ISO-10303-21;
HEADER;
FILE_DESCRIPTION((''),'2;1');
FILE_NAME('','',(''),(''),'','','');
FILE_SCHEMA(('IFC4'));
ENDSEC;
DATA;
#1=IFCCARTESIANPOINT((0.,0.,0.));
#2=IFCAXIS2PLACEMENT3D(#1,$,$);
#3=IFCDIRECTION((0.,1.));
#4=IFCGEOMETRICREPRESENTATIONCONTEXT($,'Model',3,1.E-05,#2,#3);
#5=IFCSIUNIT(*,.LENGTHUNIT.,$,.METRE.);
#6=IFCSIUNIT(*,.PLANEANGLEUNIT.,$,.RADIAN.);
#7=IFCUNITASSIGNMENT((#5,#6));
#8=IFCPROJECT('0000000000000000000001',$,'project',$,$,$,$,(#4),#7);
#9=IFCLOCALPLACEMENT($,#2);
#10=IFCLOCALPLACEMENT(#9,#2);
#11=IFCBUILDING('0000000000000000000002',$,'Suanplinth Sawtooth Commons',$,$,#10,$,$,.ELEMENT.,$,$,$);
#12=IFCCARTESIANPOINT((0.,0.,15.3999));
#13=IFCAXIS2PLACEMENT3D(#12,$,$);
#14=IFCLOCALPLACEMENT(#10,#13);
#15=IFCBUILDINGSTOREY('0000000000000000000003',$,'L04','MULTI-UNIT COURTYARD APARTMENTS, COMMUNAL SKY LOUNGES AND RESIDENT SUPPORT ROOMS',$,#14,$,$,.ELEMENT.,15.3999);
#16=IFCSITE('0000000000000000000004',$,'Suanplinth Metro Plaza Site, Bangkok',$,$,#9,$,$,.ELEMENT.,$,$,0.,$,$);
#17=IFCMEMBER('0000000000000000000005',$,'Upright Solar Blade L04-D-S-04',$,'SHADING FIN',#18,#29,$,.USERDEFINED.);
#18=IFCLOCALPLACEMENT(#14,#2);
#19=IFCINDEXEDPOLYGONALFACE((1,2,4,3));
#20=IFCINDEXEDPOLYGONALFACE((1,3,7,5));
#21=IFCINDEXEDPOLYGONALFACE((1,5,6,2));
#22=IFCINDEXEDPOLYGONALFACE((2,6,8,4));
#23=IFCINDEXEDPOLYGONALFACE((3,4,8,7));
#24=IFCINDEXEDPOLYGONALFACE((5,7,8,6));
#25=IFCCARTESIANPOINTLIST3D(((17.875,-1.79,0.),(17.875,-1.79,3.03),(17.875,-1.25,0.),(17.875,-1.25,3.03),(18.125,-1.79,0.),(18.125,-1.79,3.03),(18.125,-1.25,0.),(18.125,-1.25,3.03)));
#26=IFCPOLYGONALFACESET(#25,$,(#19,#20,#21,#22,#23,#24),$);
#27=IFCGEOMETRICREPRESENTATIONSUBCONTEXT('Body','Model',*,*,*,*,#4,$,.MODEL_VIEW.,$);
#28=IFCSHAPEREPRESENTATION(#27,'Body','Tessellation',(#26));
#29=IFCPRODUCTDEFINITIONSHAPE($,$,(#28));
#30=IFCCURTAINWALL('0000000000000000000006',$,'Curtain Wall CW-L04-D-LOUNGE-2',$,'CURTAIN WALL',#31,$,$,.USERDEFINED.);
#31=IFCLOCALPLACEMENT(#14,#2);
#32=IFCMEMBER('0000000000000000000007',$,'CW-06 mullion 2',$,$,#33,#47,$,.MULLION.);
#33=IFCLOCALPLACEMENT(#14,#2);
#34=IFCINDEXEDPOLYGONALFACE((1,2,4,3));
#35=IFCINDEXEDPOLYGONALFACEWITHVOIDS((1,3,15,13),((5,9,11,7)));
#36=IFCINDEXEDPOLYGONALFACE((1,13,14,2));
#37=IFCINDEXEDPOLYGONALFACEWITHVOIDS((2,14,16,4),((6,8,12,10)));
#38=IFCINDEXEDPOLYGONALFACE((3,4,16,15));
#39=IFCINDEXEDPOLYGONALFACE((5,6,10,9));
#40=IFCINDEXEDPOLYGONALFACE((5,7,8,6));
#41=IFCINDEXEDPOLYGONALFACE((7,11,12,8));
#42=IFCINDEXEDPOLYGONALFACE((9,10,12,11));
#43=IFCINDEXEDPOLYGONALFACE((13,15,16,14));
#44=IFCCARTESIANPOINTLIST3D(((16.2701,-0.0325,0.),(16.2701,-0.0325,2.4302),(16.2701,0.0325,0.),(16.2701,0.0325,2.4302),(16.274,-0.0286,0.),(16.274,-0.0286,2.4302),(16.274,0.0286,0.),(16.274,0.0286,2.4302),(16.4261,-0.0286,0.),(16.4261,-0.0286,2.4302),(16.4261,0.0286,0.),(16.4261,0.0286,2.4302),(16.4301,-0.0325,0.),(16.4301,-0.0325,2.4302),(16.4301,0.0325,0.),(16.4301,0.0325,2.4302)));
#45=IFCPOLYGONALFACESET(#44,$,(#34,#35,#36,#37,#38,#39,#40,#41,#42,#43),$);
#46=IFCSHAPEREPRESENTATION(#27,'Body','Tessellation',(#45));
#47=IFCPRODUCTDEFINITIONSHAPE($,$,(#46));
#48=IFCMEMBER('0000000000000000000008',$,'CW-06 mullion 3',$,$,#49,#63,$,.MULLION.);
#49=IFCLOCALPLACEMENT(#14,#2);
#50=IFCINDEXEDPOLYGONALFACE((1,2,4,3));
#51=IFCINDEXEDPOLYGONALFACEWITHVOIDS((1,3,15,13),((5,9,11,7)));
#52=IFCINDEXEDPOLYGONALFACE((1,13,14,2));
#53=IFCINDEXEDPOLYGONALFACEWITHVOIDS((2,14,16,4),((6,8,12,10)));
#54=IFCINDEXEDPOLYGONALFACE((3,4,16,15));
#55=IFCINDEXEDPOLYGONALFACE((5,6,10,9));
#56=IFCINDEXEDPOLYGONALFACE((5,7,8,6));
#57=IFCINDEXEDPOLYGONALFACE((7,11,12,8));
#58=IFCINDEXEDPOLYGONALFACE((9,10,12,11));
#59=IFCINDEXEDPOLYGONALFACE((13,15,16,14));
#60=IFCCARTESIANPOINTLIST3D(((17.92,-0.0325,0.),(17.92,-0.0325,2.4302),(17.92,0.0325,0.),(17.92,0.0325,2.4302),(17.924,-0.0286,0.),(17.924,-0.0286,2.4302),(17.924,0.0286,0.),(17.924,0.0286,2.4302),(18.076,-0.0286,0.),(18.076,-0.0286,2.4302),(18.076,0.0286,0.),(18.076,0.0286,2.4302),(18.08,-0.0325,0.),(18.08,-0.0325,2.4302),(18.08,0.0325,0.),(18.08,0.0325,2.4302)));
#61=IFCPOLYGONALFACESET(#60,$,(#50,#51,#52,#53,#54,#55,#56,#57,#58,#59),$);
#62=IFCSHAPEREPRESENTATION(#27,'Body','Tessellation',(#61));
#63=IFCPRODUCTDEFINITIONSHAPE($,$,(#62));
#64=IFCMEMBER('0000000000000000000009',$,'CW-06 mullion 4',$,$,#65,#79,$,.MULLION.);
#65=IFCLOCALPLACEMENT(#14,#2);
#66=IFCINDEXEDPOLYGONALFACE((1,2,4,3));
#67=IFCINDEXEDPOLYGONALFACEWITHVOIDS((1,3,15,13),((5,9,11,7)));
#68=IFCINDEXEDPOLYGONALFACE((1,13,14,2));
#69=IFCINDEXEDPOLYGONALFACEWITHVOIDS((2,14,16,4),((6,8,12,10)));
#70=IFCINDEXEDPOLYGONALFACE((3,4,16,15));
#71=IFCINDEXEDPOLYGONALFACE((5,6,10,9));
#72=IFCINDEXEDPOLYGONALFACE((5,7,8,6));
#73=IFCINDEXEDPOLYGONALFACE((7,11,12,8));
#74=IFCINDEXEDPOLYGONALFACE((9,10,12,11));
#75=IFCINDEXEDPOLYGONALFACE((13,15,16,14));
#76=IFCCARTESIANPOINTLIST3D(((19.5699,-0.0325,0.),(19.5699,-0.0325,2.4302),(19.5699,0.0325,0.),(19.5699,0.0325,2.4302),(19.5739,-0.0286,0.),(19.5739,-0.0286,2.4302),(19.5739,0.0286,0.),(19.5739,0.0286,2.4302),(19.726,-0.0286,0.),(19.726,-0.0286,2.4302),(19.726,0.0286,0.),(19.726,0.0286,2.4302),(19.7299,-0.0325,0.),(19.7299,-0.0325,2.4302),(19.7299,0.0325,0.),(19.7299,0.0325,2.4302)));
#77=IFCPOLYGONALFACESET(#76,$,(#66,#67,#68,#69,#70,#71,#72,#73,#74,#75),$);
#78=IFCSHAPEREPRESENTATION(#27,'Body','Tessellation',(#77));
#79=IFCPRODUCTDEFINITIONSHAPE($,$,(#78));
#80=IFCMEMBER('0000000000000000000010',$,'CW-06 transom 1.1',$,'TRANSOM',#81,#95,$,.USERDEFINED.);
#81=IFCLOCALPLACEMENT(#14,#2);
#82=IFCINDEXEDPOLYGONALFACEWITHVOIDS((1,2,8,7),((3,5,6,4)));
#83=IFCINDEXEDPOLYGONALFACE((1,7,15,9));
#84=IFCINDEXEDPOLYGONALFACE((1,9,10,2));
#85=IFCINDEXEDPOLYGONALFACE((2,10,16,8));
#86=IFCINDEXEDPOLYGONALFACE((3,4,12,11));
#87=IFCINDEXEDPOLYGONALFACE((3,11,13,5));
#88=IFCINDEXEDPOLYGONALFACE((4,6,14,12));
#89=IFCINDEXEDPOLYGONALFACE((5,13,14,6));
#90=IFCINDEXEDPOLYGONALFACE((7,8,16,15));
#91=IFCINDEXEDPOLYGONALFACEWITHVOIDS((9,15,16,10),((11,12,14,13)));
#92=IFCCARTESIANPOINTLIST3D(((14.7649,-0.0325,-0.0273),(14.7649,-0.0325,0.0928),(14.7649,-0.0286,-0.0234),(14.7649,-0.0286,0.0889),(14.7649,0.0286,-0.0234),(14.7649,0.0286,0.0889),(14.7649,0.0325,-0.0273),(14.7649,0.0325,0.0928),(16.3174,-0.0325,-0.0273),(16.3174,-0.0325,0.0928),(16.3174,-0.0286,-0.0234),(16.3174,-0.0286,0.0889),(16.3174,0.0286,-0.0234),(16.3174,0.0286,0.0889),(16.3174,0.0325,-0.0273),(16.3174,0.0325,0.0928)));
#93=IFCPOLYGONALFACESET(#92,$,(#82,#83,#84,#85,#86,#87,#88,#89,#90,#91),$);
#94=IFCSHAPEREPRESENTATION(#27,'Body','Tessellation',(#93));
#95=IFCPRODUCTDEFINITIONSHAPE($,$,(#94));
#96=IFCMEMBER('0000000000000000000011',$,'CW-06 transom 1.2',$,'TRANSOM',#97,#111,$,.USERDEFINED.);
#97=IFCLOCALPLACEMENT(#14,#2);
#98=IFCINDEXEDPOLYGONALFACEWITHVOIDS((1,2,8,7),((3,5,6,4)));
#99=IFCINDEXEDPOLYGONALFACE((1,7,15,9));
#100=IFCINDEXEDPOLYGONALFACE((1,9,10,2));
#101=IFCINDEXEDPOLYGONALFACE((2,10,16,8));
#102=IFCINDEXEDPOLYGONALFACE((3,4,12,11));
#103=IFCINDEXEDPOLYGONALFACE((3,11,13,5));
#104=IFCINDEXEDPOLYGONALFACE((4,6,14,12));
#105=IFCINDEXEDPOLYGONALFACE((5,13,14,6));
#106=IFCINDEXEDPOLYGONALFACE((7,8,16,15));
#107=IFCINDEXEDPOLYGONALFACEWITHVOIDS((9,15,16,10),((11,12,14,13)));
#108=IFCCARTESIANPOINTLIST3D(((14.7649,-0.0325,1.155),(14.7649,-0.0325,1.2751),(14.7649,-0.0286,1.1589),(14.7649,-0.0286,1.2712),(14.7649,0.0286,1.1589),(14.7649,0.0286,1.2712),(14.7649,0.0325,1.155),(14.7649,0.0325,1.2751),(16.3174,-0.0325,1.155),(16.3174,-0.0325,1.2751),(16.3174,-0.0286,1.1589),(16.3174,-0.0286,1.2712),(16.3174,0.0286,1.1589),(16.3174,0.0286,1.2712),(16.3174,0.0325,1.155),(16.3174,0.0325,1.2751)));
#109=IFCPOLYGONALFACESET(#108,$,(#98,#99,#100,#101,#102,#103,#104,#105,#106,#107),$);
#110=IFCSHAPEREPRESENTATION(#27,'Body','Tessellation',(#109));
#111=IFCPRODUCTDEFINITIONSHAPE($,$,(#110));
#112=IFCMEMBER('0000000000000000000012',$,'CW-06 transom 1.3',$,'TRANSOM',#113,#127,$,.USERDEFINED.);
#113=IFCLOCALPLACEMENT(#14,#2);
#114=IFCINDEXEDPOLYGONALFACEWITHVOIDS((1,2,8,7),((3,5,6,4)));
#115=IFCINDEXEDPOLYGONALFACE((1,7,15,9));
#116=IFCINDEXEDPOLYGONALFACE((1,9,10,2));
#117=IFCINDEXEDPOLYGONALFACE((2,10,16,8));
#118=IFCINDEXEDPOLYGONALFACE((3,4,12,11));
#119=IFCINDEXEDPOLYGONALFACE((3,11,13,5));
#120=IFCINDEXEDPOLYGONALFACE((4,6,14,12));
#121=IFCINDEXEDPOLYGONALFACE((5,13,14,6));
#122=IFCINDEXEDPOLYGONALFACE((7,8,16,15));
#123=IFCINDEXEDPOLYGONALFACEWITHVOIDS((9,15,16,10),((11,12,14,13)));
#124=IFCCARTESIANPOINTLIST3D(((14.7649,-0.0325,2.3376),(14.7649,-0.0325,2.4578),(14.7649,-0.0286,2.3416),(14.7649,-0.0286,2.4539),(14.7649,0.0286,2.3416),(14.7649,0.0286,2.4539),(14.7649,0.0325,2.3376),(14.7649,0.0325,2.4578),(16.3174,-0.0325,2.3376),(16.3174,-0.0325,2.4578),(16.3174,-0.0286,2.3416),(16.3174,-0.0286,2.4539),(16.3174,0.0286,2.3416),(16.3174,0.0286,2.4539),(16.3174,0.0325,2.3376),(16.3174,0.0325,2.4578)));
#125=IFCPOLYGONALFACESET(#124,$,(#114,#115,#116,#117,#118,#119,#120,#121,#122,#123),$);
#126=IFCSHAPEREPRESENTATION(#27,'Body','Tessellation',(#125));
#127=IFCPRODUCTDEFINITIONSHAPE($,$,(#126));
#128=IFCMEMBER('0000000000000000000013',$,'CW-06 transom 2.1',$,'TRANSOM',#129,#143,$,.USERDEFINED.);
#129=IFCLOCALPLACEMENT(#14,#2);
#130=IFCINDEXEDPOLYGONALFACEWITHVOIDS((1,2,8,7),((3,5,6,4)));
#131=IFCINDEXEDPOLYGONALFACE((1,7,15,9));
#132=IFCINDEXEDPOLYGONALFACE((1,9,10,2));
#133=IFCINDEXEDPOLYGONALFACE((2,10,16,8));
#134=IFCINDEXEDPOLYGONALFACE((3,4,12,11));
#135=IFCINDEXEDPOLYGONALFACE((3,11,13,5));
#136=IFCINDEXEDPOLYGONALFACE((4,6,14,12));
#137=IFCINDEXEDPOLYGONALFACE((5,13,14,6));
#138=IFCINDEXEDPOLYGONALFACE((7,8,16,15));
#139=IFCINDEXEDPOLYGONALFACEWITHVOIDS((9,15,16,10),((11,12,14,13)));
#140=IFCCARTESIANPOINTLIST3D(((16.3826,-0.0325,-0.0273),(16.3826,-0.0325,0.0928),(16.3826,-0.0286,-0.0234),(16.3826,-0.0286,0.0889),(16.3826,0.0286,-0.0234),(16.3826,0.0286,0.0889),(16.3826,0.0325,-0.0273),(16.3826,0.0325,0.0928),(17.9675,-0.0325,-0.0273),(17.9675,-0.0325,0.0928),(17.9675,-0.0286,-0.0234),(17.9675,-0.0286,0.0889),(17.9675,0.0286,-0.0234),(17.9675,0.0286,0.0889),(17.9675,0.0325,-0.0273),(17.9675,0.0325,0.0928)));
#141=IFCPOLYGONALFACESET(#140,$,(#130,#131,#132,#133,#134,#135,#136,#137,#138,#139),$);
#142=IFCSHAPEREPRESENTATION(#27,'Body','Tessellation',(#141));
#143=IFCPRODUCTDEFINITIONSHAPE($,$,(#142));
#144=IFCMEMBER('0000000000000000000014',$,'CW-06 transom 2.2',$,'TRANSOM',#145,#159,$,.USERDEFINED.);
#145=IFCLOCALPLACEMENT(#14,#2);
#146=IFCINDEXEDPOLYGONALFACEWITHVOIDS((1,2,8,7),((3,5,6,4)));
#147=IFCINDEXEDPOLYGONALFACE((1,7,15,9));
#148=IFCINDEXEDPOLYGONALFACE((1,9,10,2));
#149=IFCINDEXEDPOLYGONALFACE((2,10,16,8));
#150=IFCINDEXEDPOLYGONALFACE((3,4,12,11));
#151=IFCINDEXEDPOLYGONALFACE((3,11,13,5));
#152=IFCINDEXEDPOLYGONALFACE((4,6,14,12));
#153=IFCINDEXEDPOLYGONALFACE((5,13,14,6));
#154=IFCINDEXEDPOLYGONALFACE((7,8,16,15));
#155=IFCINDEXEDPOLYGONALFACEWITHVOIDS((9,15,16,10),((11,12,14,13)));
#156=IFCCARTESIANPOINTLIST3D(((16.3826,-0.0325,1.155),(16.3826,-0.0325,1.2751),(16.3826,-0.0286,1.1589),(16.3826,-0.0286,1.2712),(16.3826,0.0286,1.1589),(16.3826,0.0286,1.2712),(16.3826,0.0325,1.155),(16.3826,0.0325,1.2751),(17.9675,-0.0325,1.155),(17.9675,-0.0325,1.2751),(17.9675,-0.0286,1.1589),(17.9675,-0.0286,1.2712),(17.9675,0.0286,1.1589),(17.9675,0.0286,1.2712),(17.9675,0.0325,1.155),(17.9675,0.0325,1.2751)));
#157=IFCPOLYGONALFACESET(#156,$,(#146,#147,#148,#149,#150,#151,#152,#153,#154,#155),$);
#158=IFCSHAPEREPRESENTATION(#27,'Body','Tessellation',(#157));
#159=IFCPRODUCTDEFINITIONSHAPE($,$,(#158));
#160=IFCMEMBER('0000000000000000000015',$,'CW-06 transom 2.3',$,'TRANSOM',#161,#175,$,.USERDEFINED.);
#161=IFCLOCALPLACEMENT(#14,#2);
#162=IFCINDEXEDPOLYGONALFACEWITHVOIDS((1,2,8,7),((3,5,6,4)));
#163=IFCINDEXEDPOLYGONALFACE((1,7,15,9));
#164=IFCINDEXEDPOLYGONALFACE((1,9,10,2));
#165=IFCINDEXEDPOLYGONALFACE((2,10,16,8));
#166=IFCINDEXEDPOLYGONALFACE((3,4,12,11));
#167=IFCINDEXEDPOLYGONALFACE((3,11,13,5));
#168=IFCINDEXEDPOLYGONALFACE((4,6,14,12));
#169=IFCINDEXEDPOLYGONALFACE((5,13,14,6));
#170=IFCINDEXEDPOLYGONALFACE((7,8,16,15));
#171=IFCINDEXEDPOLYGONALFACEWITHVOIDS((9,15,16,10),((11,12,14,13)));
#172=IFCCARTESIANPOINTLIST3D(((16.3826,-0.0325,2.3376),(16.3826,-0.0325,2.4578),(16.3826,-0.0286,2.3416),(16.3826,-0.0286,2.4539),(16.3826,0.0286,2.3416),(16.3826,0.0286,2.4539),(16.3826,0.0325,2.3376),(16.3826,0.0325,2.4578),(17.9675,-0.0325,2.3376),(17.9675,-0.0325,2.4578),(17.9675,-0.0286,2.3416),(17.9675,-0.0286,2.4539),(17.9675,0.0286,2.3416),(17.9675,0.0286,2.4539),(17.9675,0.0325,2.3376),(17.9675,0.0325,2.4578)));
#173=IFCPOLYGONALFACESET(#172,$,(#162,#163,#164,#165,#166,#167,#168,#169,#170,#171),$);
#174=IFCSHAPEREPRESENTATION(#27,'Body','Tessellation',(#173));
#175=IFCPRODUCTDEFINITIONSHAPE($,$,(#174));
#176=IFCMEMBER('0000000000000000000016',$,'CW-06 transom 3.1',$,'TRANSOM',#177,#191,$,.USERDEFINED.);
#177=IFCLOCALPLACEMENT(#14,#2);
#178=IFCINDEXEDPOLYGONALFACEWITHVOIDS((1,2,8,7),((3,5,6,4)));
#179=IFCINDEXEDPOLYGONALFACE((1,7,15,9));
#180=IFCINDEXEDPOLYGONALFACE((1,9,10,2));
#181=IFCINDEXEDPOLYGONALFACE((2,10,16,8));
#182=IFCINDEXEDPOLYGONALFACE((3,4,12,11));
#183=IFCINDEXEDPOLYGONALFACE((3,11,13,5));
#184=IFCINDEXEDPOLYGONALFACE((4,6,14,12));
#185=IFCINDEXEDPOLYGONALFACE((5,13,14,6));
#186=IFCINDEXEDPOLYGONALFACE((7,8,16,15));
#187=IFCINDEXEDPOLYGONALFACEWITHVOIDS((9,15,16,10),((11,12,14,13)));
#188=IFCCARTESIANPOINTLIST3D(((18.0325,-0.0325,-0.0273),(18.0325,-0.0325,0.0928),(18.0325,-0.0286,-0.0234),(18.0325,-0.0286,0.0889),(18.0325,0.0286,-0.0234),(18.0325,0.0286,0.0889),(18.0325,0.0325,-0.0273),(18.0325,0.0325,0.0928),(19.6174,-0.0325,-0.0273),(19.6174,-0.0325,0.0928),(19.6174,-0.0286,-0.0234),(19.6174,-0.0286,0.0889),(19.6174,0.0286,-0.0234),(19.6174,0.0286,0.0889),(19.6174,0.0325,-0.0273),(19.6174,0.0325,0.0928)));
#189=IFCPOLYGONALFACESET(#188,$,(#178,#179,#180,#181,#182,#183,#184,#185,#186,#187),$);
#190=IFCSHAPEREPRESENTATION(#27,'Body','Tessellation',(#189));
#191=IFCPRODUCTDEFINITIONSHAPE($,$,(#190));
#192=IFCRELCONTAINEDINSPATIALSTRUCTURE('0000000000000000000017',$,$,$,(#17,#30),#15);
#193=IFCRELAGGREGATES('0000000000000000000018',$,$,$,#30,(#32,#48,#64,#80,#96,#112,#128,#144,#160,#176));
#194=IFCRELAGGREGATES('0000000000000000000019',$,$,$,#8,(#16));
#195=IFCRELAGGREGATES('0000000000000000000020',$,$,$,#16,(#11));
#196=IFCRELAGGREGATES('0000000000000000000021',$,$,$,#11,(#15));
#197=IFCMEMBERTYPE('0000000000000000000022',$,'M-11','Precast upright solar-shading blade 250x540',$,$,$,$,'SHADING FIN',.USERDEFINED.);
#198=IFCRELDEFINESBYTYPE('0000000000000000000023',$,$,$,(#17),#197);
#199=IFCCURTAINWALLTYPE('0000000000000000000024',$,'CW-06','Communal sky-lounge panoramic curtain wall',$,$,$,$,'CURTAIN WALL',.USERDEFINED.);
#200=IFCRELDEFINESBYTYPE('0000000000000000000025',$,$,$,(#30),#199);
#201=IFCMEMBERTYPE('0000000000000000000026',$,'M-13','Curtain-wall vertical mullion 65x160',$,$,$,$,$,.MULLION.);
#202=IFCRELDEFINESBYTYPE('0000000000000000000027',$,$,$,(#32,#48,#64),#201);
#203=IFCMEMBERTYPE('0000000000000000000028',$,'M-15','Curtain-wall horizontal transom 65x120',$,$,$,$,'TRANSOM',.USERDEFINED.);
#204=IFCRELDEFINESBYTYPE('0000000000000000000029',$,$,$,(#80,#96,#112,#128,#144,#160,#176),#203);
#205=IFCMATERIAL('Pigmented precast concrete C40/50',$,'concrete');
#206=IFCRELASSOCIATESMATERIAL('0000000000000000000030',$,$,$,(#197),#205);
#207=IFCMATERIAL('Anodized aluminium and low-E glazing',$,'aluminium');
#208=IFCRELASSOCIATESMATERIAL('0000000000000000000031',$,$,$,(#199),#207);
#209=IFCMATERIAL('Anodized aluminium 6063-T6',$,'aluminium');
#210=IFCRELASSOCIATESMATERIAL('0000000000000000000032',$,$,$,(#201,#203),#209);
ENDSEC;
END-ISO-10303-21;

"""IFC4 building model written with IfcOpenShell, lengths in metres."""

from ifc_helpers import new_model, si_unit, direction, frame, origin, origin_2d, place, context, subcontext, project, spatial, rectangle, hollow_rectangle, extrude, material, material_profile, profile_set, type_object, element, aggregate, save


model = new_model("IFC4")

# Units and contexts
model_context = context("Model", 3, precision=1e-05, world=origin(), true_north=direction((0.0, 1.0)))
body_context = subcontext(model_context, "Body", "Model", "MODEL_VIEW")
ifc_project = project(units=[si_unit("LENGTHUNIT", "METRE"), si_unit("PLANEANGLEUNIT", "RADIAN")], contexts=[model_context])

# Site, building, storey
site_placement = place(None, origin())
site = spatial("IfcSite", under=ifc_project, at=site_placement, Name="Suanplinth Metro Plaza Site, Bangkok", CompositionType="ELEMENT", RefElevation=0.0)
building_placement = place(site_placement, origin())
building = spatial("IfcBuilding", under=site, at=building_placement, Name="Suanplinth Sawtooth Commons", CompositionType="ELEMENT")
storey_placement = place(building_placement, frame((0.0, 0.0, 15.3999)))
storey = spatial("IfcBuildingStorey", under=building, at=storey_placement, Name="L04", Description="MULTI-UNIT COURTYARD APARTMENTS, COMMUNAL SKY LOUNGES AND RESIDENT SUPPORT ROOMS", CompositionType="ELEMENT", Elevation=15.3999)

# Member
ifc_material_1 = material(Name="Pigmented precast concrete C40/50", Category="concrete")
ifc_material_profile_1 = material_profile(ifc_material_1, rectangle(XDim=0.25, YDim=0.54, at=origin_2d()), Name="PC-FIN 250x540")
ifc_profile_set_1 = profile_set([ifc_material_profile_1], Name="Pigmented precast concrete C40/50")
member_type_1 = type_object("IfcMemberType", Name="M-11", Description="Precast upright solar-shading blade 250x540", ElementType="SHADING FIN", PredefinedType="USERDEFINED", material=ifc_profile_set_1)
member_1_placement = place(storey_placement, frame((18.0, -1.52, 0.0), z_axis=(0.0, 0.0, 1.0), x_axis=(1.0, 0.0, 0.0)))
element("IfcMember", 1, at=member_1_placement, inside=storey, type_object=member_type_1, Name="Upright Solar Blade L04-D-S-04", ObjectType="SHADING FIN", PredefinedType="USERDEFINED", context=body_context, shape_type="SweptSolid", body=[
    extrude(rectangle(XDim=0.25, YDim=0.54, at=origin_2d()), origin(), (0.0, 0.0, 1.0), 3.03),
])

# Curtain wall, members
ifc_material_2 = material(Name="Anodized aluminium and low-E glazing", Category="aluminium")
curtain_wall_type = type_object("IfcCurtainWallType", Name="CW-06", Description="Communal sky-lounge panoramic curtain wall", ElementType="CURTAIN WALL", PredefinedType="USERDEFINED", material=ifc_material_2)
curtain_wall_placement = place(storey_placement, origin())
curtain_wall = element("IfcCurtainWall", 2, at=curtain_wall_placement, inside=storey, type_object=curtain_wall_type, Name="Curtain Wall CW-L04-D-LOUNGE-2", ObjectType="CURTAIN WALL", PredefinedType="USERDEFINED")
ifc_material_3 = material(Name="Anodized aluminium 6063-T6", Category="aluminium")
ifc_material_profile_2 = material_profile(ifc_material_3, hollow_rectangle(XDim=0.0649, YDim=0.1599, WallThickness=0.0039, at=origin_2d()), Name="ALU-MUL 65x160")
ifc_profile_set_2 = profile_set([ifc_material_profile_2], Name="Anodized aluminium 6063-T6")
member_type_2 = type_object("IfcMemberType", Name="M-13", Description="Curtain-wall vertical mullion 65x160", PredefinedType="MULLION", material=ifc_profile_set_2)
member_2_placement = place(storey_placement, frame((16.3501, 0.0, 0.0), z_axis=(0.0, 0.0, 1.0), x_axis=(0.0, 1.0, 0.0)))
member_2 = element("IfcMember", 3, at=member_2_placement, type_object=member_type_2, Name="CW-06 mullion 2", PredefinedType="MULLION", context=body_context, shape_type="SweptSolid", body=[
    extrude(hollow_rectangle(XDim=0.0649, YDim=0.1599, WallThickness=0.0039, at=origin_2d()), origin(), (0.0, 0.0, 1.0), 2.4302),
])
member_3_placement = place(storey_placement, frame((18.0, 0.0, 0.0), z_axis=(0.0, 0.0, 1.0), x_axis=(0.0, 1.0, 0.0)))
member_3 = element("IfcMember", 4, at=member_3_placement, type_object=member_type_2, Name="CW-06 mullion 3", PredefinedType="MULLION", context=body_context, shape_type="SweptSolid", body=[
    extrude(hollow_rectangle(XDim=0.0649, YDim=0.1599, WallThickness=0.0039, at=origin_2d()), origin(), (0.0, 0.0, 1.0), 2.4302),
])
member_4_placement = place(storey_placement, frame((19.6499, 0.0, 0.0), z_axis=(0.0, 0.0, 1.0), x_axis=(0.0, 1.0, 0.0)))
member_4 = element("IfcMember", 5, at=member_4_placement, type_object=member_type_2, Name="CW-06 mullion 4", PredefinedType="MULLION", context=body_context, shape_type="SweptSolid", body=[
    extrude(hollow_rectangle(XDim=0.0649, YDim=0.1599, WallThickness=0.0039, at=origin_2d()), origin(), (0.0, 0.0, 1.0), 2.4302),
])
ifc_material_profile_3 = material_profile(ifc_material_3, hollow_rectangle(XDim=0.0649, YDim=0.1201, WallThickness=0.0039, at=origin_2d()), Name="ALU-TRN 65x120")
ifc_profile_set_3 = profile_set([ifc_material_profile_3], Name="Anodized aluminium 6063-T6")
member_type_3 = type_object("IfcMemberType", Name="M-15", Description="Curtain-wall horizontal transom 65x120", ElementType="TRANSOM", PredefinedType="USERDEFINED", material=ifc_profile_set_3)
member_5_placement = place(storey_placement, frame((14.7649, 0.0, 0.0327), z_axis=(1.0, 0.0, 0.0), x_axis=(0.0, 1.0, 0.0)))
member_5 = element("IfcMember", 6, at=member_5_placement, type_object=member_type_3, Name="CW-06 transom 1.1", ObjectType="TRANSOM", PredefinedType="USERDEFINED", context=body_context, shape_type="SweptSolid", body=[
    extrude(hollow_rectangle(XDim=0.0649, YDim=0.1201, WallThickness=0.0039, at=origin_2d()), origin(), (0.0, 0.0, 1.0), 1.5525),
])
member_6_placement = place(storey_placement, frame((14.7649, 0.0, 1.2151), z_axis=(1.0, 0.0, 0.0), x_axis=(0.0, 1.0, 0.0)))
member_6 = element("IfcMember", 7, at=member_6_placement, type_object=member_type_3, Name="CW-06 transom 1.2", ObjectType="TRANSOM", PredefinedType="USERDEFINED", context=body_context, shape_type="SweptSolid", body=[
    extrude(hollow_rectangle(XDim=0.0649, YDim=0.1201, WallThickness=0.0039, at=origin_2d()), origin(), (0.0, 0.0, 1.0), 1.5525),
])
member_7_placement = place(storey_placement, frame((14.7649, 0.0, 2.3977), z_axis=(1.0, 0.0, 0.0), x_axis=(0.0, 1.0, 0.0)))
member_7 = element("IfcMember", 8, at=member_7_placement, type_object=member_type_3, Name="CW-06 transom 1.3", ObjectType="TRANSOM", PredefinedType="USERDEFINED", context=body_context, shape_type="SweptSolid", body=[
    extrude(hollow_rectangle(XDim=0.0649, YDim=0.1201, WallThickness=0.0039, at=origin_2d()), origin(), (0.0, 0.0, 1.0), 1.5525),
])
member_8_placement = place(storey_placement, frame((16.3826, 0.0, 0.0327), z_axis=(1.0, 0.0, 0.0), x_axis=(0.0, 1.0, 0.0)))
member_8 = element("IfcMember", 9, at=member_8_placement, type_object=member_type_3, Name="CW-06 transom 2.1", ObjectType="TRANSOM", PredefinedType="USERDEFINED", context=body_context, shape_type="SweptSolid", body=[
    extrude(hollow_rectangle(XDim=0.0649, YDim=0.1201, WallThickness=0.0039, at=origin_2d()), origin(), (0.0, 0.0, 1.0), 1.585),
])
member_9_placement = place(storey_placement, frame((16.3826, 0.0, 1.2151), z_axis=(1.0, 0.0, 0.0), x_axis=(0.0, 1.0, 0.0)))
member_9 = element("IfcMember", 10, at=member_9_placement, type_object=member_type_3, Name="CW-06 transom 2.2", ObjectType="TRANSOM", PredefinedType="USERDEFINED", context=body_context, shape_type="SweptSolid", body=[
    extrude(hollow_rectangle(XDim=0.0649, YDim=0.1201, WallThickness=0.0039, at=origin_2d()), origin(), (0.0, 0.0, 1.0), 1.585),
])
member_10_placement = place(storey_placement, frame((16.3826, 0.0, 2.3977), z_axis=(1.0, 0.0, 0.0), x_axis=(0.0, 1.0, 0.0)))
member_10 = element("IfcMember", 11, at=member_10_placement, type_object=member_type_3, Name="CW-06 transom 2.3", ObjectType="TRANSOM", PredefinedType="USERDEFINED", context=body_context, shape_type="SweptSolid", body=[
    extrude(hollow_rectangle(XDim=0.0649, YDim=0.1201, WallThickness=0.0039, at=origin_2d()), origin(), (0.0, 0.0, 1.0), 1.585),
])
member_11_placement = place(storey_placement, frame((18.0325, 0.0, 0.0327), z_axis=(1.0, 0.0, 0.0), x_axis=(0.0, 1.0, 0.0)))
member_11 = element("IfcMember", 12, at=member_11_placement, type_object=member_type_3, Name="CW-06 transom 3.1", ObjectType="TRANSOM", PredefinedType="USERDEFINED", context=body_context, shape_type="SweptSolid", body=[
    extrude(hollow_rectangle(XDim=0.0649, YDim=0.1201, WallThickness=0.0039, at=origin_2d()), origin(), (0.0, 0.0, 1.0), 1.585),
])
aggregate(curtain_wall, [member_2, member_3, member_4, member_5, member_6, member_7, member_8, member_9, member_10, member_11])

save(model, "model.ifc")
